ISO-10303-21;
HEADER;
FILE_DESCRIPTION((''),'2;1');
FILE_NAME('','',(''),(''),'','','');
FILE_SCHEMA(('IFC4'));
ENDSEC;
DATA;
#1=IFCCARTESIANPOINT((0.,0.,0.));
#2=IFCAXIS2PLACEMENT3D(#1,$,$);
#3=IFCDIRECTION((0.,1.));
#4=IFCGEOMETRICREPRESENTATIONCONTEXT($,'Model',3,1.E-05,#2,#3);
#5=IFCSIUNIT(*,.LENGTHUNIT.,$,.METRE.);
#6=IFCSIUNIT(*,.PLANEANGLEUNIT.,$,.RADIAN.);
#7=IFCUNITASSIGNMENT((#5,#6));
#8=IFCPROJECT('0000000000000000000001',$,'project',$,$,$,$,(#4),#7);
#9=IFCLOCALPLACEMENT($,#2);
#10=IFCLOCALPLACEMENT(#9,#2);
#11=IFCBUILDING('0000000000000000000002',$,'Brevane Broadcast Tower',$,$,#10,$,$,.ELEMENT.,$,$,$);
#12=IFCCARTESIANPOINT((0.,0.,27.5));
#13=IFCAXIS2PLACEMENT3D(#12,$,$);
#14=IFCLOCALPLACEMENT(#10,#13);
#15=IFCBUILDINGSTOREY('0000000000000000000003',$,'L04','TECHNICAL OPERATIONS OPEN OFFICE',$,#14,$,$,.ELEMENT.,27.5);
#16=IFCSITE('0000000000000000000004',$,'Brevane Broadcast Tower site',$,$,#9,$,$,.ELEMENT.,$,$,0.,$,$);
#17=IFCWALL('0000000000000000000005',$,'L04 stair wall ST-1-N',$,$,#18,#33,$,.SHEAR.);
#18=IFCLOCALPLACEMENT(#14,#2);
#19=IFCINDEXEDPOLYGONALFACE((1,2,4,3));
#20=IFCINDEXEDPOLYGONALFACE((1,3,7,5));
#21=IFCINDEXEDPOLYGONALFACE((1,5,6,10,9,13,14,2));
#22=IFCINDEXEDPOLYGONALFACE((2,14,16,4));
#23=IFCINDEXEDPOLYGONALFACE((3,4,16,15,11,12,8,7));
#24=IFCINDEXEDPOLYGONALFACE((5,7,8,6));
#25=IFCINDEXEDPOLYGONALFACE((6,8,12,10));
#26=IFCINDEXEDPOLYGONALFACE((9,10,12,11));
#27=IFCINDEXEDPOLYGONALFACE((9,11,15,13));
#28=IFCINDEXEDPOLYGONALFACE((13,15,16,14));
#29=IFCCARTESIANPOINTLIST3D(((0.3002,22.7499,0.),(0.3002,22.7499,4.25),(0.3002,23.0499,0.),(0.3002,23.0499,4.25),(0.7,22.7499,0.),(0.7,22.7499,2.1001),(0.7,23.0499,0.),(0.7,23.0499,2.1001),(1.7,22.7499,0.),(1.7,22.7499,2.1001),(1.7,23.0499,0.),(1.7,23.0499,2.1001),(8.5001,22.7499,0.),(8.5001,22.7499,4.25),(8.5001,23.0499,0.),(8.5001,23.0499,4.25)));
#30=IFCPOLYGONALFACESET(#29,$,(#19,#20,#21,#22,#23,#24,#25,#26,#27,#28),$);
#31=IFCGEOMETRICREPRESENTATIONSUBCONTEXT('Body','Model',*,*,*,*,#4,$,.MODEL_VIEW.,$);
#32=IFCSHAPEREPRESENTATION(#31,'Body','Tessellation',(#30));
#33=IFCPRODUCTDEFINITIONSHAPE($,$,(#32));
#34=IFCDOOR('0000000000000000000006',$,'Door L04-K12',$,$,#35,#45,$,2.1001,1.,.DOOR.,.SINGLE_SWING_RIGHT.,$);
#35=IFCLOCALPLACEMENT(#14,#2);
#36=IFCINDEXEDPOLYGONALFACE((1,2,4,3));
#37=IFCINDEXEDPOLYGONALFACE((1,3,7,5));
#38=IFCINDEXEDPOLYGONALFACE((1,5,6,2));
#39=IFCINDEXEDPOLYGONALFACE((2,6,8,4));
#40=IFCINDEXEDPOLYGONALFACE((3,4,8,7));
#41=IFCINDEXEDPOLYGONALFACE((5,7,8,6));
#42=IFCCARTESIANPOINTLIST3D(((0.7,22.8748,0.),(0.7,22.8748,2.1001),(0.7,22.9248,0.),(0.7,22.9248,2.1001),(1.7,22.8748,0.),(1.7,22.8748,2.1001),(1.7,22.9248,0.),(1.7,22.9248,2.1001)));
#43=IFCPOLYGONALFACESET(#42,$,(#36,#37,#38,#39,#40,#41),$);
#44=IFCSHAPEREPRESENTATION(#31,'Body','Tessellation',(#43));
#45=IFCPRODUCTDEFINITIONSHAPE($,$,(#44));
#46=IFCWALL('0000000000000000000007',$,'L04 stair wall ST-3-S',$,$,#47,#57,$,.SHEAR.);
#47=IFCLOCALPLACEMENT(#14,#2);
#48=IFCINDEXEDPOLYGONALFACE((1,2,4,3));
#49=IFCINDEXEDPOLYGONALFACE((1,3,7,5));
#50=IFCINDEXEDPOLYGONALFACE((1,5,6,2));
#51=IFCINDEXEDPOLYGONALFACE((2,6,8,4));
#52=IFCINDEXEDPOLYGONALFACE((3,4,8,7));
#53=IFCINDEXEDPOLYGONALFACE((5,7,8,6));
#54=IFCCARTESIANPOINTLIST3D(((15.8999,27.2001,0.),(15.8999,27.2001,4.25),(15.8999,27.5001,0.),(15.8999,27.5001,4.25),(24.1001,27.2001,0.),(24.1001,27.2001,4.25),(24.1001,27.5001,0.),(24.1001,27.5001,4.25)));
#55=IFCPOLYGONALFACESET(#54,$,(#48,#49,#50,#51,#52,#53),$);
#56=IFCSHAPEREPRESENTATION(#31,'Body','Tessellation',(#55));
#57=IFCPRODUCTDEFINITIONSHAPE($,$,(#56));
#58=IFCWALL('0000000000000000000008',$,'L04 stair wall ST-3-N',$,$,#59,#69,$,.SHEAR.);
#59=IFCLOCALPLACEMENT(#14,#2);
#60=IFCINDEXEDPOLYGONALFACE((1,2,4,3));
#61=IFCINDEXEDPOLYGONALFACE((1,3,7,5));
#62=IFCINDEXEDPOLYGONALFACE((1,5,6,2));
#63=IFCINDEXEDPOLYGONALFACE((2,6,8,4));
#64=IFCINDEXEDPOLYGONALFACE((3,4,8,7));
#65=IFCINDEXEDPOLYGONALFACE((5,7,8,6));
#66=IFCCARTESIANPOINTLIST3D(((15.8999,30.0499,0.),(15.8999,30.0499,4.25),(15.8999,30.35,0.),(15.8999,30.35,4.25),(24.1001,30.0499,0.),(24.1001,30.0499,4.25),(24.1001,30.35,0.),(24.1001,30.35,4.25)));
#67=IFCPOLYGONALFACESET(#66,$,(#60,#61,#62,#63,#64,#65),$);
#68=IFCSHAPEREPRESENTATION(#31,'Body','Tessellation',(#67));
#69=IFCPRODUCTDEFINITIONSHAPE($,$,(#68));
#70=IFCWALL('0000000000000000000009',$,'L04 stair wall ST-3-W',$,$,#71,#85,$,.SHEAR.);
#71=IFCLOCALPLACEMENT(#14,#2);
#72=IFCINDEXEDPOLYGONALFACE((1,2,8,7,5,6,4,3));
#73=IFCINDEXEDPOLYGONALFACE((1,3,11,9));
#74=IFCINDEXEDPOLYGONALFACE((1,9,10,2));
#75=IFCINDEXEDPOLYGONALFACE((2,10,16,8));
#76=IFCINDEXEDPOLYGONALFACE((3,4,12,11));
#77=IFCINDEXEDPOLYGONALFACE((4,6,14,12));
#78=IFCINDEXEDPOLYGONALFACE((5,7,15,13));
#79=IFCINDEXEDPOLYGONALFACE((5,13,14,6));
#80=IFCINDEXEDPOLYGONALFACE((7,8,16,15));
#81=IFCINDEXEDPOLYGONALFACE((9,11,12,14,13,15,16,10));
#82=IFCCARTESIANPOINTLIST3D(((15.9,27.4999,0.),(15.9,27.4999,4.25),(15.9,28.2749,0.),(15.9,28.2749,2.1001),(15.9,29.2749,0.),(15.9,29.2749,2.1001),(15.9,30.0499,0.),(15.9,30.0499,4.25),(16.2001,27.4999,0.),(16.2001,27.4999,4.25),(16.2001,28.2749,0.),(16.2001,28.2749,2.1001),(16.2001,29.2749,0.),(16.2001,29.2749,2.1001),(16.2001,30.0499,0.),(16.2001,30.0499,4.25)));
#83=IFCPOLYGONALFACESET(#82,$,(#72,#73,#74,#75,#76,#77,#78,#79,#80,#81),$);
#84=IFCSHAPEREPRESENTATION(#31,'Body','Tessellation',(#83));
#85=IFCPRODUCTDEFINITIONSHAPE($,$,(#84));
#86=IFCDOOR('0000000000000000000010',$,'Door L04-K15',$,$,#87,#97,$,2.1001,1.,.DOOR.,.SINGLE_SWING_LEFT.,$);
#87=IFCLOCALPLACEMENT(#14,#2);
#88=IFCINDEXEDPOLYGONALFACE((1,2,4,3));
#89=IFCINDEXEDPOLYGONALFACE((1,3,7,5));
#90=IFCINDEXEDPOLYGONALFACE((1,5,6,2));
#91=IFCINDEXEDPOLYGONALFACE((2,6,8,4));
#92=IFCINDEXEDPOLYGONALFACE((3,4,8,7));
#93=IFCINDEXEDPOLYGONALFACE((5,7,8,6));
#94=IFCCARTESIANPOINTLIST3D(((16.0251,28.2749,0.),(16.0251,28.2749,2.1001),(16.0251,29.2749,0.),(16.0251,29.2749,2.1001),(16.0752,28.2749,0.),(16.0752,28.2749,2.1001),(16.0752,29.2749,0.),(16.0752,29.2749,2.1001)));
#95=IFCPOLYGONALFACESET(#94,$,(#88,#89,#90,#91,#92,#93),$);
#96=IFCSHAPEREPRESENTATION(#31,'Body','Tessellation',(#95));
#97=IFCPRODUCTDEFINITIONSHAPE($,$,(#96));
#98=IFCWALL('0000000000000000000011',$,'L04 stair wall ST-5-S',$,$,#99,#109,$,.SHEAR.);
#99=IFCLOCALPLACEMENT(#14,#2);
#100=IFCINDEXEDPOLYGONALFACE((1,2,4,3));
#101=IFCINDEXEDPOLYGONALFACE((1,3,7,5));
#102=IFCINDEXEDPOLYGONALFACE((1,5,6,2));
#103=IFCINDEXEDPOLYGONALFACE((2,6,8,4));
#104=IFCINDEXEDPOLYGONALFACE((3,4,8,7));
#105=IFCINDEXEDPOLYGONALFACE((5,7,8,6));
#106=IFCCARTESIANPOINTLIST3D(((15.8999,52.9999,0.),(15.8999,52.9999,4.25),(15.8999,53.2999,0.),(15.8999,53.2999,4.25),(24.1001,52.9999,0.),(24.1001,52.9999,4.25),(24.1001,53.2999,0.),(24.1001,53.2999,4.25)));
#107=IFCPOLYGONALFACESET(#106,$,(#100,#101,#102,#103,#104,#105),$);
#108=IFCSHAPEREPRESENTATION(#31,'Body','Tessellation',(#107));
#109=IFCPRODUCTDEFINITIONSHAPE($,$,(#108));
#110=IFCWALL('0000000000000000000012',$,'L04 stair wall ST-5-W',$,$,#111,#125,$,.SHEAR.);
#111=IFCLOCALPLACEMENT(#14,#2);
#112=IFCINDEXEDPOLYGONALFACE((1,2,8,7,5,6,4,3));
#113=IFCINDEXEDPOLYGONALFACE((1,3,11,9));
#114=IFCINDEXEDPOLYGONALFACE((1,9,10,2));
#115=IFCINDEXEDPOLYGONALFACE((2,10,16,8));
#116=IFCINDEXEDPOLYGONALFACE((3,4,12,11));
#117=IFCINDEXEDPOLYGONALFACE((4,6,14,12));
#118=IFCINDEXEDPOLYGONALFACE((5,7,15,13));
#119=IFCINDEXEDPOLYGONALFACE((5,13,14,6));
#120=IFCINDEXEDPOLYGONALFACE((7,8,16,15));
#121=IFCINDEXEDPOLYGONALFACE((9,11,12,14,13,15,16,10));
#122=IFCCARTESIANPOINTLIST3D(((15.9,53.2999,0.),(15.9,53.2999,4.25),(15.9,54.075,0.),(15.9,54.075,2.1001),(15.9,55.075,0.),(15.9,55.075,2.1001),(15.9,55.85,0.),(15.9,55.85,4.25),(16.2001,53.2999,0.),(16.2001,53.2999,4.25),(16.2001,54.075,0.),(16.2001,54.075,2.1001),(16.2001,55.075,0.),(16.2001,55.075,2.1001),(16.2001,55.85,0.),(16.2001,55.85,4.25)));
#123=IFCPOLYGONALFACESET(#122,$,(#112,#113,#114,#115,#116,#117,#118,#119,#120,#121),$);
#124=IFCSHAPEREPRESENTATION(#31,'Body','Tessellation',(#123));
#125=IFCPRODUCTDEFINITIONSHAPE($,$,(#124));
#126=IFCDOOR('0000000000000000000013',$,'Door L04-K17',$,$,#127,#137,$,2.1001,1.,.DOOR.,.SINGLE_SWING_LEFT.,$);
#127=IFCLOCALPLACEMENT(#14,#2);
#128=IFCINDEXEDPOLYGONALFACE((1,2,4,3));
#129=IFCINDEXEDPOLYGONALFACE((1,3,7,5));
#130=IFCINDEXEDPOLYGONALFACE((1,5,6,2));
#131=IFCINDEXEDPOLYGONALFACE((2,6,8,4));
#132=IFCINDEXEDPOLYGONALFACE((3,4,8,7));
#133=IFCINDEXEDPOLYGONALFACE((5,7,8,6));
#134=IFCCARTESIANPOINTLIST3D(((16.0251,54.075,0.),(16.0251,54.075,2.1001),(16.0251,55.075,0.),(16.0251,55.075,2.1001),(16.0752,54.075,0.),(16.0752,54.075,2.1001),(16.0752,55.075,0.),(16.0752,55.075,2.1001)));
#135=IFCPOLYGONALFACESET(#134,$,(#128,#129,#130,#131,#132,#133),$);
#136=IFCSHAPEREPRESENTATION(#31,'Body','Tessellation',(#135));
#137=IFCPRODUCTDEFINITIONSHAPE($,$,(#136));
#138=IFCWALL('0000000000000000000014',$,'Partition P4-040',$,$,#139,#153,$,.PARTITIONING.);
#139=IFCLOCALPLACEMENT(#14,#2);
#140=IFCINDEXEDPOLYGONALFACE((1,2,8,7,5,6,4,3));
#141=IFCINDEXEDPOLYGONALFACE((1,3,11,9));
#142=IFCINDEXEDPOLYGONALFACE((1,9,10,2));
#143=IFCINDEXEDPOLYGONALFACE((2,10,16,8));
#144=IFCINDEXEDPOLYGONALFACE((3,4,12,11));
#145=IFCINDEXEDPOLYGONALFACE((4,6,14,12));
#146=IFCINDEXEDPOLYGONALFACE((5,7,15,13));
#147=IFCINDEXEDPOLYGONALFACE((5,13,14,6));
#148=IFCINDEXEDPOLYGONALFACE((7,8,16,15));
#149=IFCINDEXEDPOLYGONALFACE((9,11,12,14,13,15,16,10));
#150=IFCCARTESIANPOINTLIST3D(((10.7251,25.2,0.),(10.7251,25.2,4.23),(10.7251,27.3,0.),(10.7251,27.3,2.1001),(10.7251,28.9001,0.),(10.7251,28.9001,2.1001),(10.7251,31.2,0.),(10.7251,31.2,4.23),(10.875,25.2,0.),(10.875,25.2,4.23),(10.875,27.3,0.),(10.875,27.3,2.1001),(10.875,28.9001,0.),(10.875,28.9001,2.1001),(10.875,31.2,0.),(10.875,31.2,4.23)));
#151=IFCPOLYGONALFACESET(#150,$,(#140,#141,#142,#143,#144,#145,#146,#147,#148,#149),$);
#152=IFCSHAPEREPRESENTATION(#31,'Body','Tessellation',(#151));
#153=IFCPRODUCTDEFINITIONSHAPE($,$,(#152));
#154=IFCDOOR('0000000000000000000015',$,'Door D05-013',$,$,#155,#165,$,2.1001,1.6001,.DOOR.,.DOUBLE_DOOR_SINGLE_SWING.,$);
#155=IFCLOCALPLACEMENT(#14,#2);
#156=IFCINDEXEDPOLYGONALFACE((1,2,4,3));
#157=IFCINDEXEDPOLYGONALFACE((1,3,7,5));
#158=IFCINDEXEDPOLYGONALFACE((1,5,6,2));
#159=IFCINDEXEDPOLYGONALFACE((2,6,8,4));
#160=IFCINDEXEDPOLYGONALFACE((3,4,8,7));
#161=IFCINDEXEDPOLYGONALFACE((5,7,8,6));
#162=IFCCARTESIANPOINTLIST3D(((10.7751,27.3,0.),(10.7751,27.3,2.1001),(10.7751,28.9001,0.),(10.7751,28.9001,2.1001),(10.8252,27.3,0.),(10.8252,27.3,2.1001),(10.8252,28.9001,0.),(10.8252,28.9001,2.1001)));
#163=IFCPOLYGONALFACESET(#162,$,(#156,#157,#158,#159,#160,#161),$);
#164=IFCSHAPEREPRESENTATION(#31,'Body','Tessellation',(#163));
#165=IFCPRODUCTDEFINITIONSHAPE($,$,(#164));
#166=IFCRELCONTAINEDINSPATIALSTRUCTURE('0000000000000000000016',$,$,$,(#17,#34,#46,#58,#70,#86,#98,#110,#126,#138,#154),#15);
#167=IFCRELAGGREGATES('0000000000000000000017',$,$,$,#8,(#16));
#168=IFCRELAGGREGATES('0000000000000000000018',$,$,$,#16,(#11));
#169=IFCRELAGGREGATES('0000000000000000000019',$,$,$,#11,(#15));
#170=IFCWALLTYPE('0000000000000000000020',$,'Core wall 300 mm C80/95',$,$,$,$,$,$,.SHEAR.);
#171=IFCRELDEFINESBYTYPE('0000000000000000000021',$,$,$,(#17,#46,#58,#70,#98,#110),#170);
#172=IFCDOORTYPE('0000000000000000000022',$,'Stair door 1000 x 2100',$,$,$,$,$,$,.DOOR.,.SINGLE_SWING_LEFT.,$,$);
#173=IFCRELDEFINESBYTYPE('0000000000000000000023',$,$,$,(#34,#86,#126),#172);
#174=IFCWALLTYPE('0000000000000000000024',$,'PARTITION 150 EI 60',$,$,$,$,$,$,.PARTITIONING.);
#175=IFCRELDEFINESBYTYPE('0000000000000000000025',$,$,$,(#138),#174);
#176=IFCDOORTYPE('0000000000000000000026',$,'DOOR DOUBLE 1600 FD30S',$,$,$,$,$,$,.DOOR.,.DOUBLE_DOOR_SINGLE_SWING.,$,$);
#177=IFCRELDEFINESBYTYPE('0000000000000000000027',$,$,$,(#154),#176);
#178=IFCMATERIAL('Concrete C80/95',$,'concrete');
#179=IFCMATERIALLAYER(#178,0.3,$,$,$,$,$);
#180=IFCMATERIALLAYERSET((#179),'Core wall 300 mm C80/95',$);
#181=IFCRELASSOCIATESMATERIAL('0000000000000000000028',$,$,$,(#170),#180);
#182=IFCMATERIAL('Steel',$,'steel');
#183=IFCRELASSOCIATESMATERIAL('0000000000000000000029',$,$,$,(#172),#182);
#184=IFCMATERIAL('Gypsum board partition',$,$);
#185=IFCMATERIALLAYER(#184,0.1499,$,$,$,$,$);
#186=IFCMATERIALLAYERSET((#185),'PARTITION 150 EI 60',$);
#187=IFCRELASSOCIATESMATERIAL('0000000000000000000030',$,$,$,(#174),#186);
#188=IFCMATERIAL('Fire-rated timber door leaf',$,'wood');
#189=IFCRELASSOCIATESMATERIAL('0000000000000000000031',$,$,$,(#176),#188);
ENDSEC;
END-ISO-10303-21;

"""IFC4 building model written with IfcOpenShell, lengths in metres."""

from ifc_helpers import new_model, si_unit, direction, frame, frame_2d, origin, place, context, subcontext, project, spatial, rectangle, extrude, material, layer, layer_set, type_object, element, fill, save


model = new_model("IFC4")

# Units and contexts
model_context = context("Model", 3, precision=1e-05, world=origin(), true_north=direction((0.0, 1.0)))
body_context = subcontext(model_context, "Body", "Model", "MODEL_VIEW")
ifc_project = project(units=[si_unit("LENGTHUNIT", "METRE"), si_unit("PLANEANGLEUNIT", "RADIAN")], contexts=[model_context])

# Site, building, storey
site_placement = place(None, origin())
site = spatial("IfcSite", under=ifc_project, at=site_placement, Name="Brevane Broadcast Tower site", CompositionType="ELEMENT", RefElevation=0.0)
building_placement = place(site_placement, origin())
building = spatial("IfcBuilding", under=site, at=building_placement, Name="Brevane Broadcast Tower", CompositionType="ELEMENT")
storey_placement = place(building_placement, frame((0.0, 0.0, 27.5)))
storey = spatial("IfcBuildingStorey", under=building, at=storey_placement, Name="L04", Description="TECHNICAL OPERATIONS OPEN OFFICE", CompositionType="ELEMENT", Elevation=27.5)

# Shared definitions
ifc_material_1 = material(Name="Concrete C80/95", Category="concrete")

# Shared definitions
ifc_layer_1 = layer(ifc_material_1, 0.3)
ifc_layer_set_1 = layer_set([ifc_layer_1], Name="Core wall 300 mm C80/95")
wall_type_1 = type_object("IfcWallType", Name="Core wall 300 mm C80/95", PredefinedType="SHEAR", material=ifc_layer_set_1)

# Wall, opening, door
wall_1_placement = place(storey_placement, frame((0.3, 22.8999, 0.0), z_axis=(0.0, 0.0, 1.0), x_axis=(1.0, 0.0, 0.0)))
wall_1 = element("IfcWall", 1, at=wall_1_placement, inside=storey, type_object=wall_type_1, Name="L04 stair wall ST-1-N", PredefinedType="SHEAR", context=body_context, shape_type="SweptSolid", body=[
    extrude(rectangle(XDim=8.2, YDim=0.3, at=frame_2d((4.1001, 0.0))), origin(), (0.0, 0.0, 1.0), 4.25),
])
opening_1_placement = place(wall_1_placement, frame((0.3999, 0.0, 0.0)))
opening_1 = element("IfcOpeningElement", 2, at=opening_1_placement, cuts=wall_1, PredefinedType="OPENING", context=body_context, shape_type="SweptSolid", body=[
    extrude(rectangle(XDim=1.0, YDim=2.1001, at=frame_2d((0.5, 1.05))), frame((0.0, 0.1599, 0.0), z_axis=(0.0, -1.0, 0.0), x_axis=(1.0, 0.0, 0.0)), (0.0, 0.0, 1.0), 0.3201),
])
ifc_material_2 = material(Name="Steel", Category="steel")
door_type_1 = type_object("IfcDoorType", Name="Stair door 1000 x 2100", OperationType="SINGLE_SWING_LEFT", PredefinedType="DOOR", material=ifc_material_2)
door_1_placement = place(opening_1_placement, origin())
door_1 = element("IfcDoor", 3, at=door_1_placement, inside=storey, type_object=door_type_1, Name="Door L04-K12", OperationType="SINGLE_SWING_RIGHT", OverallHeight=2.1001, OverallWidth=1.0, PredefinedType="DOOR", context=body_context, shape_type="SweptSolid", body=[
    extrude(rectangle(XDim=1.0, YDim=2.1001, at=frame_2d((0.5, 1.05))), frame((0.0, 0.0249, 0.0), z_axis=(0.0, -1.0, 0.0), x_axis=(1.0, 0.0, 0.0)), (0.0, 0.0, 1.0), 0.05),
])
fill(opening_1, door_1)

# Walls
for number, where, z_axis, x_axis, name in (
    (4, (15.8999, 27.3501, 0.0), (0.0, 0.0, 1.0), (1.0, 0.0, 0.0), "L04 stair wall ST-3-S"),
    (5, (15.8999, 30.2, 0.0), (0.0, 0.0, 1.0), (1.0, 0.0, 0.0), "L04 stair wall ST-3-N"),
):
    element("IfcWall", number, at=place(storey_placement, frame(where, z_axis=z_axis, x_axis=x_axis)), inside=storey, type_object=wall_type_1, Name=name, PredefinedType="SHEAR", context=body_context, shape_type="SweptSolid", body=[
        extrude(rectangle(XDim=8.2002, YDim=0.3, at=frame_2d((4.1001, 0.0))), origin(), (0.0, 0.0, 1.0), 4.25),
    ])

# Wall, opening, door
wall_2_placement = place(storey_placement, frame((16.05, 27.5, 0.0), z_axis=(0.0, 0.0, 1.0), x_axis=(0.0, 1.0, 0.0)))
wall_2 = element("IfcWall", 6, at=wall_2_placement, inside=storey, type_object=wall_type_1, Name="L04 stair wall ST-3-W", PredefinedType="SHEAR", context=body_context, shape_type="SweptSolid", body=[
    extrude(rectangle(XDim=2.55, YDim=0.3, at=frame_2d((1.2749, 0.0))), origin(), (0.0, 0.0, 1.0), 4.25),
])
opening_2_placement = place(wall_2_placement, frame((0.7749, 0.0, 0.0)))
opening_2 = element("IfcOpeningElement", 7, at=opening_2_placement, cuts=wall_2, PredefinedType="OPENING", context=body_context, shape_type="SweptSolid", body=[
    extrude(rectangle(XDim=1.0, YDim=2.1001, at=frame_2d((0.5, 1.05))), frame((0.0, 0.1599, 0.0), z_axis=(0.0, -1.0, 0.0), x_axis=(1.0, 0.0, 0.0)), (0.0, 0.0, 1.0), 0.3201),
])
door_2_placement = place(opening_2_placement, origin())
door_2 = element("IfcDoor", 8, at=door_2_placement, inside=storey, type_object=door_type_1, Name="Door L04-K15", OperationType="SINGLE_SWING_LEFT", OverallHeight=2.1001, OverallWidth=1.0, PredefinedType="DOOR", context=body_context, shape_type="SweptSolid", body=[
    extrude(rectangle(XDim=1.0, YDim=2.1001, at=frame_2d((0.5, 1.05))), frame((0.0, 0.0249, 0.0), z_axis=(0.0, -1.0, 0.0), x_axis=(1.0, 0.0, 0.0)), (0.0, 0.0, 1.0), 0.05),
])
fill(opening_2, door_2)

# Wall
wall_3_placement = place(storey_placement, frame((15.8999, 53.1499, 0.0), z_axis=(0.0, 0.0, 1.0), x_axis=(1.0, 0.0, 0.0)))
element("IfcWall", 9, at=wall_3_placement, inside=storey, type_object=wall_type_1, Name="L04 stair wall ST-5-S", PredefinedType="SHEAR", context=body_context, shape_type="SweptSolid", body=[
    extrude(rectangle(XDim=8.2002, YDim=0.3, at=frame_2d((4.1001, 0.0))), origin(), (0.0, 0.0, 1.0), 4.25),
])

# Walls, openings, doors
wall_4_placement = place(storey_placement, frame((16.05, 53.3, 0.0), z_axis=(0.0, 0.0, 1.0), x_axis=(0.0, 1.0, 0.0)))
wall_4 = element("IfcWall", 10, at=wall_4_placement, inside=storey, type_object=wall_type_1, Name="L04 stair wall ST-5-W", PredefinedType="SHEAR", context=body_context, shape_type="SweptSolid", body=[
    extrude(rectangle(XDim=2.55, YDim=0.3, at=frame_2d((1.2749, 0.0))), origin(), (0.0, 0.0, 1.0), 4.25),
])
opening_3_placement = place(wall_4_placement, frame((0.7749, 0.0, 0.0)))
opening_3 = element("IfcOpeningElement", 11, at=opening_3_placement, cuts=wall_4, PredefinedType="OPENING", context=body_context, shape_type="SweptSolid", body=[
    extrude(rectangle(XDim=1.0, YDim=2.1001, at=frame_2d((0.5, 1.05))), frame((0.0, 0.1599, 0.0), z_axis=(0.0, -1.0, 0.0), x_axis=(1.0, 0.0, 0.0)), (0.0, 0.0, 1.0), 0.3201),
])
door_3_placement = place(opening_3_placement, origin())
door_3 = element("IfcDoor", 12, at=door_3_placement, inside=storey, type_object=door_type_1, Name="Door L04-K17", OperationType="SINGLE_SWING_LEFT", OverallHeight=2.1001, OverallWidth=1.0, PredefinedType="DOOR", context=body_context, shape_type="SweptSolid", body=[
    extrude(rectangle(XDim=1.0, YDim=2.1001, at=frame_2d((0.5, 1.05))), frame((0.0, 0.0249, 0.0), z_axis=(0.0, -1.0, 0.0), x_axis=(1.0, 0.0, 0.0)), (0.0, 0.0, 1.0), 0.05),
])
fill(opening_3, door_3)
ifc_material_3 = material(Name="Gypsum board partition")
ifc_layer_2 = layer(ifc_material_3, 0.1499)
ifc_layer_set_2 = layer_set([ifc_layer_2], Name="PARTITION 150 EI 60")
wall_type_2 = type_object("IfcWallType", Name="PARTITION 150 EI 60", PredefinedType="PARTITIONING", material=ifc_layer_set_2)
wall_5_placement = place(storey_placement, frame((10.8, 25.2, 0.0), z_axis=(0.0, 0.0, 1.0), x_axis=(0.0, 1.0, 0.0)))
wall_5 = element("IfcWall", 13, at=wall_5_placement, inside=storey, type_object=wall_type_2, Name="Partition P4-040", PredefinedType="PARTITIONING", context=body_context, shape_type="SweptSolid", body=[
    extrude(rectangle(XDim=6.0, YDim=0.1499, at=frame_2d((3.0, 0.0))), origin(), (0.0, 0.0, 1.0), 4.23),
])
opening_4_placement = place(wall_5_placement, frame((2.1001, 0.0, 0.0)))
opening_4 = element("IfcOpeningElement", 14, at=opening_4_placement, cuts=wall_5, PredefinedType="OPENING", context=body_context, shape_type="SweptSolid", body=[
    extrude(rectangle(XDim=1.6001, YDim=2.1001, at=frame_2d((0.8, 1.05))), frame((0.0, 0.085, 0.0), z_axis=(0.0, -1.0, 0.0), x_axis=(1.0, 0.0, 0.0)), (0.0, 0.0, 1.0), 0.1699),
])
ifc_material_4 = material(Name="Fire-rated timber door leaf", Category="wood")
door_type_2 = type_object("IfcDoorType", Name="DOOR DOUBLE 1600 FD30S", OperationType="DOUBLE_DOOR_SINGLE_SWING", PredefinedType="DOOR", material=ifc_material_4)
door_4_placement = place(opening_4_placement, origin())
door_4 = element("IfcDoor", 15, at=door_4_placement, inside=storey, type_object=door_type_2, Name="Door D05-013", OperationType="DOUBLE_DOOR_SINGLE_SWING", OverallHeight=2.1001, OverallWidth=1.6001, PredefinedType="DOOR", context=body_context, shape_type="SweptSolid", body=[
    extrude(rectangle(XDim=1.6001, YDim=2.1001, at=frame_2d((0.8, 1.05))), frame((0.0, 0.0249, 0.0), z_axis=(0.0, -1.0, 0.0), x_axis=(1.0, 0.0, 0.0)), (0.0, 0.0, 1.0), 0.05),
])
fill(opening_4, door_4)

save(model, "model.ifc")
